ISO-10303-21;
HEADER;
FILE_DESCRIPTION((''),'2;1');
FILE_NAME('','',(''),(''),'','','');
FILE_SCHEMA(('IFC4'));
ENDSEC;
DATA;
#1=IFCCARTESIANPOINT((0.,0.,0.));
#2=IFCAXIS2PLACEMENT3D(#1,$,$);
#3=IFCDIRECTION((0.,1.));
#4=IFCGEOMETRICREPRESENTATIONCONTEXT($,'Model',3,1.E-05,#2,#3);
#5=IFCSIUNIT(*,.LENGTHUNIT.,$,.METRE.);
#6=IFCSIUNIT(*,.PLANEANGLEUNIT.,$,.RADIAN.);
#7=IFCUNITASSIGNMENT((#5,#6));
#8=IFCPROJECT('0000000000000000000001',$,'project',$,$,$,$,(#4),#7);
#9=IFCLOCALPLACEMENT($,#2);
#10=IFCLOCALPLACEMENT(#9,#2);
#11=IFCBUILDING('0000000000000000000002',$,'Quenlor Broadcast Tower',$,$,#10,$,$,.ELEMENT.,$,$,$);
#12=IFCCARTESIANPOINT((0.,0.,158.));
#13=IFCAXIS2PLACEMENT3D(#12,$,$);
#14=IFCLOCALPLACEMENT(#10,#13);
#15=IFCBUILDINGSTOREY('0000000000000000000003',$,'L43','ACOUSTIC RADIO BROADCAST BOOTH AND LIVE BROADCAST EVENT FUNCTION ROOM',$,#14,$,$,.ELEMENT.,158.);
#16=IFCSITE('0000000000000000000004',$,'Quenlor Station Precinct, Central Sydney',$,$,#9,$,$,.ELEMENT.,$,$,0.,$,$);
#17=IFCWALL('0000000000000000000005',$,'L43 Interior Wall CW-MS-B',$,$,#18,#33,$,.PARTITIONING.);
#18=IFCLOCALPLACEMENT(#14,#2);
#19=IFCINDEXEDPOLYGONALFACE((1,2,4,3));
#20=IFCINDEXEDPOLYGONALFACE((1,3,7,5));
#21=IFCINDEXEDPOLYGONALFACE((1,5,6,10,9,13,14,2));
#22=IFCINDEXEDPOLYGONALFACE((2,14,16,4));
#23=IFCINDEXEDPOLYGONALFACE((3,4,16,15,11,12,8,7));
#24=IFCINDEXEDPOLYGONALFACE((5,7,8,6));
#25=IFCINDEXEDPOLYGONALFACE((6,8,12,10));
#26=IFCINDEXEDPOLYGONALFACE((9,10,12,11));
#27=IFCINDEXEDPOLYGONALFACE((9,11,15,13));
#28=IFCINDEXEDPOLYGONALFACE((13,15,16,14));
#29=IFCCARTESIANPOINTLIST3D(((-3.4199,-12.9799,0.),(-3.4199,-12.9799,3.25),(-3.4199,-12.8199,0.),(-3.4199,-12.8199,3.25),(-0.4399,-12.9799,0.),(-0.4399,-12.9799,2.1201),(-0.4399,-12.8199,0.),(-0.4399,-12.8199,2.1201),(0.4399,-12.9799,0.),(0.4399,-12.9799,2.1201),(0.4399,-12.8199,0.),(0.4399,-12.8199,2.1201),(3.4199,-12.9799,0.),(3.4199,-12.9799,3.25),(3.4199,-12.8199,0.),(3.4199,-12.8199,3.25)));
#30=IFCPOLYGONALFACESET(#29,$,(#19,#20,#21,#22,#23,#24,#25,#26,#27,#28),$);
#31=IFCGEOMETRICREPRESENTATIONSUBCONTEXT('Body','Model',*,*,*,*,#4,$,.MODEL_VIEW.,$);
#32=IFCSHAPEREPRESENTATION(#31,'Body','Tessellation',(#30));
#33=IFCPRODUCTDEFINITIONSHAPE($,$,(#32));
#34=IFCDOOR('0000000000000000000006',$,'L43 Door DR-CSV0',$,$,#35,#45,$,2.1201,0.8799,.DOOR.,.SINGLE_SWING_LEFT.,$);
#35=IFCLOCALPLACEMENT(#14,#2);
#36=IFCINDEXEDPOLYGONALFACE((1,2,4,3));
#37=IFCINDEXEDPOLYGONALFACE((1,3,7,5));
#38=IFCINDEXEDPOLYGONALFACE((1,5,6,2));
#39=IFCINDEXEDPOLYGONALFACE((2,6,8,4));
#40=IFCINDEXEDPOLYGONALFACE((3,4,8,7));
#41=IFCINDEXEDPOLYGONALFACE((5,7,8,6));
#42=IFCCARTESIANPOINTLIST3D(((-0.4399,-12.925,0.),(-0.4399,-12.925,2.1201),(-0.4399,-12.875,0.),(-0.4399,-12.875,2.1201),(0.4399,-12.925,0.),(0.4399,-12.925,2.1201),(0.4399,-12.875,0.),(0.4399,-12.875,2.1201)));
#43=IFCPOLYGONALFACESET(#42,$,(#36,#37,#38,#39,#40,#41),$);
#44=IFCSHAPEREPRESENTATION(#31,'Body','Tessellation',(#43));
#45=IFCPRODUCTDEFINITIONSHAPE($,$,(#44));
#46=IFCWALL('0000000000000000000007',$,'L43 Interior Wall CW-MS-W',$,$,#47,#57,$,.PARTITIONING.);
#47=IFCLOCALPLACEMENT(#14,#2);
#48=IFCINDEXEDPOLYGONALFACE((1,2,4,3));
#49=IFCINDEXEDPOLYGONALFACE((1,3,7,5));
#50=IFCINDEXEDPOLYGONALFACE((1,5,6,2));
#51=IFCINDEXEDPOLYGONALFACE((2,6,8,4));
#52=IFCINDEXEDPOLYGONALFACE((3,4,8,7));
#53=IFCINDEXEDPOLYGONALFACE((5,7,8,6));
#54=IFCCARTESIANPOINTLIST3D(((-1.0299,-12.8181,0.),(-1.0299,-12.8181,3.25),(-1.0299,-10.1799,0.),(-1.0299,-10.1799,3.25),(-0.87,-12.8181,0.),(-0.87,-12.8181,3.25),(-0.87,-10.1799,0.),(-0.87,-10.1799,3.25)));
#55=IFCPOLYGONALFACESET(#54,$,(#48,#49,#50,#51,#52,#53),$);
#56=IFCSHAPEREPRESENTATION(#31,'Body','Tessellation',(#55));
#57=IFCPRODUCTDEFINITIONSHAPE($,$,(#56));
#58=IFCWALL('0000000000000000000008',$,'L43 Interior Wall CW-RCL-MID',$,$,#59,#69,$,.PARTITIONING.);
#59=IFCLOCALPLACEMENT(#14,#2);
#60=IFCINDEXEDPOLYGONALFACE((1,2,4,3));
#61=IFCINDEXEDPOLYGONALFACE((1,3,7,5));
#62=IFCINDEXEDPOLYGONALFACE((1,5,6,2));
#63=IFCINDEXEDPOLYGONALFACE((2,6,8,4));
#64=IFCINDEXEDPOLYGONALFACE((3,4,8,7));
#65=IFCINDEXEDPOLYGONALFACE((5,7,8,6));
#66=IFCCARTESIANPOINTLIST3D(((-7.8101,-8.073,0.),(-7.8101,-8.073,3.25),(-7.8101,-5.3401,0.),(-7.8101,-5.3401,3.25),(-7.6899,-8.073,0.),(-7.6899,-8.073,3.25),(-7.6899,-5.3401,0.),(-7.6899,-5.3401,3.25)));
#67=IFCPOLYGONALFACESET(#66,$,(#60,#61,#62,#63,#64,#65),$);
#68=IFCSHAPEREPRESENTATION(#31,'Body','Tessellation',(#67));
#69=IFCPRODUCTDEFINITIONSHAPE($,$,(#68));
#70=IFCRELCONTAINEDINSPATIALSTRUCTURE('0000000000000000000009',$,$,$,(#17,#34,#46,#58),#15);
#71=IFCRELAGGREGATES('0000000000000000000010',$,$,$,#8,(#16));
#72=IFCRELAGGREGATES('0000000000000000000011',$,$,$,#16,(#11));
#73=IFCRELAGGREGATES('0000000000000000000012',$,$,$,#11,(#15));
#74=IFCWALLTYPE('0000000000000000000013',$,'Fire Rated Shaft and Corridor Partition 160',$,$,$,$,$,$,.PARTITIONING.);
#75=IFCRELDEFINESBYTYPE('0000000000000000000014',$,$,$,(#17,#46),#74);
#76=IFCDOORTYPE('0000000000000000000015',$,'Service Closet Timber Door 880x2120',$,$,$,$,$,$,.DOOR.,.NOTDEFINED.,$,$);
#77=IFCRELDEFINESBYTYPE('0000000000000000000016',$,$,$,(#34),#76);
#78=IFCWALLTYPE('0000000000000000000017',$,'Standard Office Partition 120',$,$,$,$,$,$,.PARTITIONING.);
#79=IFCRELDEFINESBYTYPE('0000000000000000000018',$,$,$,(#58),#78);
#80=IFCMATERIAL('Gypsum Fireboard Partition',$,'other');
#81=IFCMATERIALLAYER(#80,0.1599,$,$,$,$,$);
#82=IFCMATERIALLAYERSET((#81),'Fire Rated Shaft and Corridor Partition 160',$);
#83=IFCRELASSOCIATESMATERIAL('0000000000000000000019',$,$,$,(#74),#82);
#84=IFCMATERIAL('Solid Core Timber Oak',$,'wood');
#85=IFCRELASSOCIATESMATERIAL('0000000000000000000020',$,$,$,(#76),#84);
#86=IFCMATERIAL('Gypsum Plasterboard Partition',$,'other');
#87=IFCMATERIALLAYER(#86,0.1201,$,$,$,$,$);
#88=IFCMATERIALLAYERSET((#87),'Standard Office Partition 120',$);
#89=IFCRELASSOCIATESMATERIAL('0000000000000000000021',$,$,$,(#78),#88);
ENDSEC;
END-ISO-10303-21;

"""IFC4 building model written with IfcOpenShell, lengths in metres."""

from ifc_helpers import new_model, si_unit, direction, frame, frame_2d, origin, place, context, subcontext, project, spatial, rectangle, extrude, material, layer, layer_set, type_object, element, fill, save


model = new_model("IFC4")

# Units and contexts
model_context = context("Model", 3, precision=1e-05, world=origin(), true_north=direction((0.0, 1.0)))
body_context = subcontext(model_context, "Body", "Model", "MODEL_VIEW")
ifc_project = project(units=[si_unit("LENGTHUNIT", "METRE"), si_unit("PLANEANGLEUNIT", "RADIAN")], contexts=[model_context])

# Site, building, storey
site_placement = place(None, origin())
site = spatial("IfcSite", under=ifc_project, at=site_placement, Name="Quenlor Station Precinct, Central Sydney", CompositionType="ELEMENT", RefElevation=0.0)
building_placement = place(site_placement, origin())
building = spatial("IfcBuilding", under=site, at=building_placement, Name="Quenlor Broadcast Tower", CompositionType="ELEMENT")
storey_placement = place(building_placement, frame((0.0, 0.0, 158.0)))
storey = spatial("IfcBuildingStorey", under=building, at=storey_placement, Name="L43", Description="ACOUSTIC RADIO BROADCAST BOOTH AND LIVE BROADCAST EVENT FUNCTION ROOM", CompositionType="ELEMENT", Elevation=158.0)

# Shared definitions
ifc_material_1 = material(Name="Gypsum Fireboard Partition", Category="other")
ifc_layer_1 = layer(ifc_material_1, 0.1599)
ifc_layer_set_1 = layer_set([ifc_layer_1], Name="Fire Rated Shaft and Corridor Partition 160")
wall_type_1 = type_object("IfcWallType", Name="Fire Rated Shaft and Corridor Partition 160", PredefinedType="PARTITIONING", material=ifc_layer_set_1)

# Wall, opening, door
wall_1_placement = place(storey_placement, frame((-3.4199, -12.8999, 0.0), z_axis=(0.0, 0.0, 1.0), x_axis=(1.0, 0.0, 0.0)))
wall_1 = element("IfcWall", 1, at=wall_1_placement, inside=storey, type_object=wall_type_1, Name="L43 Interior Wall CW-MS-B", PredefinedType="PARTITIONING", context=body_context, shape_type="SweptSolid", body=[
    extrude(rectangle(XDim=6.8398, YDim=0.1599, at=frame_2d((3.4199, 0.0))), origin(), (0.0, 0.0, 1.0), 3.25),
])
opening_1_placement = place(wall_1_placement, frame((2.98, 0.0, 0.0)))
opening_1 = element("IfcOpeningElement", 2, at=opening_1_placement, cuts=wall_1, PredefinedType="OPENING", context=body_context, shape_type="SweptSolid", body=[
    extrude(rectangle(XDim=0.8799, YDim=2.1201, at=frame_2d((0.4399, 1.0601))), frame((0.0, 0.0898, 0.0), z_axis=(0.0, -1.0, 0.0), x_axis=(1.0, 0.0, 0.0)), (0.0, 0.0, 1.0), 0.1799),
])
ifc_material_2 = material(Name="Solid Core Timber Oak", Category="wood")
door_type_1 = type_object("IfcDoorType", Name="Service Closet Timber Door 880x2120", OperationType="NOTDEFINED", PredefinedType="DOOR", material=ifc_material_2)
door_1_placement = place(opening_1_placement, origin())
door_1 = element("IfcDoor", 3, at=door_1_placement, inside=storey, type_object=door_type_1, Name="L43 Door DR-CSV0", OperationType="SINGLE_SWING_LEFT", OverallHeight=2.1201, OverallWidth=0.8799, PredefinedType="DOOR", context=body_context, shape_type="SweptSolid", body=[
    extrude(rectangle(XDim=0.8799, YDim=2.1201, at=frame_2d((0.4399, 1.0601))), frame((0.0, 0.0249, 0.0), z_axis=(0.0, -1.0, 0.0), x_axis=(1.0, 0.0, 0.0)), (0.0, 0.0, 1.0), 0.05),
])
fill(opening_1, door_1)

# Walls
wall_2_placement = place(storey_placement, frame((-0.95, -12.8181, 0.0), z_axis=(0.0, 0.0, 1.0), x_axis=(0.0, 1.0, 0.0)))
element("IfcWall", 4, at=wall_2_placement, inside=storey, type_object=wall_type_1, Name="L43 Interior Wall CW-MS-W", PredefinedType="PARTITIONING", context=body_context, shape_type="SweptSolid", body=[
    extrude(rectangle(XDim=2.6382, YDim=0.1599, at=frame_2d((1.3191, 0.0))), origin(), (0.0, 0.0, 1.0), 3.25),
])
ifc_material_3 = material(Name="Gypsum Plasterboard Partition", Category="other")
ifc_layer_2 = layer(ifc_material_3, 0.1201)
ifc_layer_set_2 = layer_set([ifc_layer_2], Name="Standard Office Partition 120")
wall_type_2 = type_object("IfcWallType", Name="Standard Office Partition 120", PredefinedType="PARTITIONING", material=ifc_layer_set_2)
wall_3_placement = place(storey_placement, frame((-7.75, -8.073, 0.0), z_axis=(0.0, 0.0, 1.0), x_axis=(0.0, 1.0, 0.0)))
element("IfcWall", 5, at=wall_3_placement, inside=storey, type_object=wall_type_2, Name="L43 Interior Wall CW-RCL-MID", PredefinedType="PARTITIONING", context=body_context, shape_type="SweptSolid", body=[
    extrude(rectangle(XDim=2.7329, YDim=0.1201, at=frame_2d((1.3665, 0.0))), origin(), (0.0, 0.0, 1.0), 3.25),
])

save(model, "model.ifc")
